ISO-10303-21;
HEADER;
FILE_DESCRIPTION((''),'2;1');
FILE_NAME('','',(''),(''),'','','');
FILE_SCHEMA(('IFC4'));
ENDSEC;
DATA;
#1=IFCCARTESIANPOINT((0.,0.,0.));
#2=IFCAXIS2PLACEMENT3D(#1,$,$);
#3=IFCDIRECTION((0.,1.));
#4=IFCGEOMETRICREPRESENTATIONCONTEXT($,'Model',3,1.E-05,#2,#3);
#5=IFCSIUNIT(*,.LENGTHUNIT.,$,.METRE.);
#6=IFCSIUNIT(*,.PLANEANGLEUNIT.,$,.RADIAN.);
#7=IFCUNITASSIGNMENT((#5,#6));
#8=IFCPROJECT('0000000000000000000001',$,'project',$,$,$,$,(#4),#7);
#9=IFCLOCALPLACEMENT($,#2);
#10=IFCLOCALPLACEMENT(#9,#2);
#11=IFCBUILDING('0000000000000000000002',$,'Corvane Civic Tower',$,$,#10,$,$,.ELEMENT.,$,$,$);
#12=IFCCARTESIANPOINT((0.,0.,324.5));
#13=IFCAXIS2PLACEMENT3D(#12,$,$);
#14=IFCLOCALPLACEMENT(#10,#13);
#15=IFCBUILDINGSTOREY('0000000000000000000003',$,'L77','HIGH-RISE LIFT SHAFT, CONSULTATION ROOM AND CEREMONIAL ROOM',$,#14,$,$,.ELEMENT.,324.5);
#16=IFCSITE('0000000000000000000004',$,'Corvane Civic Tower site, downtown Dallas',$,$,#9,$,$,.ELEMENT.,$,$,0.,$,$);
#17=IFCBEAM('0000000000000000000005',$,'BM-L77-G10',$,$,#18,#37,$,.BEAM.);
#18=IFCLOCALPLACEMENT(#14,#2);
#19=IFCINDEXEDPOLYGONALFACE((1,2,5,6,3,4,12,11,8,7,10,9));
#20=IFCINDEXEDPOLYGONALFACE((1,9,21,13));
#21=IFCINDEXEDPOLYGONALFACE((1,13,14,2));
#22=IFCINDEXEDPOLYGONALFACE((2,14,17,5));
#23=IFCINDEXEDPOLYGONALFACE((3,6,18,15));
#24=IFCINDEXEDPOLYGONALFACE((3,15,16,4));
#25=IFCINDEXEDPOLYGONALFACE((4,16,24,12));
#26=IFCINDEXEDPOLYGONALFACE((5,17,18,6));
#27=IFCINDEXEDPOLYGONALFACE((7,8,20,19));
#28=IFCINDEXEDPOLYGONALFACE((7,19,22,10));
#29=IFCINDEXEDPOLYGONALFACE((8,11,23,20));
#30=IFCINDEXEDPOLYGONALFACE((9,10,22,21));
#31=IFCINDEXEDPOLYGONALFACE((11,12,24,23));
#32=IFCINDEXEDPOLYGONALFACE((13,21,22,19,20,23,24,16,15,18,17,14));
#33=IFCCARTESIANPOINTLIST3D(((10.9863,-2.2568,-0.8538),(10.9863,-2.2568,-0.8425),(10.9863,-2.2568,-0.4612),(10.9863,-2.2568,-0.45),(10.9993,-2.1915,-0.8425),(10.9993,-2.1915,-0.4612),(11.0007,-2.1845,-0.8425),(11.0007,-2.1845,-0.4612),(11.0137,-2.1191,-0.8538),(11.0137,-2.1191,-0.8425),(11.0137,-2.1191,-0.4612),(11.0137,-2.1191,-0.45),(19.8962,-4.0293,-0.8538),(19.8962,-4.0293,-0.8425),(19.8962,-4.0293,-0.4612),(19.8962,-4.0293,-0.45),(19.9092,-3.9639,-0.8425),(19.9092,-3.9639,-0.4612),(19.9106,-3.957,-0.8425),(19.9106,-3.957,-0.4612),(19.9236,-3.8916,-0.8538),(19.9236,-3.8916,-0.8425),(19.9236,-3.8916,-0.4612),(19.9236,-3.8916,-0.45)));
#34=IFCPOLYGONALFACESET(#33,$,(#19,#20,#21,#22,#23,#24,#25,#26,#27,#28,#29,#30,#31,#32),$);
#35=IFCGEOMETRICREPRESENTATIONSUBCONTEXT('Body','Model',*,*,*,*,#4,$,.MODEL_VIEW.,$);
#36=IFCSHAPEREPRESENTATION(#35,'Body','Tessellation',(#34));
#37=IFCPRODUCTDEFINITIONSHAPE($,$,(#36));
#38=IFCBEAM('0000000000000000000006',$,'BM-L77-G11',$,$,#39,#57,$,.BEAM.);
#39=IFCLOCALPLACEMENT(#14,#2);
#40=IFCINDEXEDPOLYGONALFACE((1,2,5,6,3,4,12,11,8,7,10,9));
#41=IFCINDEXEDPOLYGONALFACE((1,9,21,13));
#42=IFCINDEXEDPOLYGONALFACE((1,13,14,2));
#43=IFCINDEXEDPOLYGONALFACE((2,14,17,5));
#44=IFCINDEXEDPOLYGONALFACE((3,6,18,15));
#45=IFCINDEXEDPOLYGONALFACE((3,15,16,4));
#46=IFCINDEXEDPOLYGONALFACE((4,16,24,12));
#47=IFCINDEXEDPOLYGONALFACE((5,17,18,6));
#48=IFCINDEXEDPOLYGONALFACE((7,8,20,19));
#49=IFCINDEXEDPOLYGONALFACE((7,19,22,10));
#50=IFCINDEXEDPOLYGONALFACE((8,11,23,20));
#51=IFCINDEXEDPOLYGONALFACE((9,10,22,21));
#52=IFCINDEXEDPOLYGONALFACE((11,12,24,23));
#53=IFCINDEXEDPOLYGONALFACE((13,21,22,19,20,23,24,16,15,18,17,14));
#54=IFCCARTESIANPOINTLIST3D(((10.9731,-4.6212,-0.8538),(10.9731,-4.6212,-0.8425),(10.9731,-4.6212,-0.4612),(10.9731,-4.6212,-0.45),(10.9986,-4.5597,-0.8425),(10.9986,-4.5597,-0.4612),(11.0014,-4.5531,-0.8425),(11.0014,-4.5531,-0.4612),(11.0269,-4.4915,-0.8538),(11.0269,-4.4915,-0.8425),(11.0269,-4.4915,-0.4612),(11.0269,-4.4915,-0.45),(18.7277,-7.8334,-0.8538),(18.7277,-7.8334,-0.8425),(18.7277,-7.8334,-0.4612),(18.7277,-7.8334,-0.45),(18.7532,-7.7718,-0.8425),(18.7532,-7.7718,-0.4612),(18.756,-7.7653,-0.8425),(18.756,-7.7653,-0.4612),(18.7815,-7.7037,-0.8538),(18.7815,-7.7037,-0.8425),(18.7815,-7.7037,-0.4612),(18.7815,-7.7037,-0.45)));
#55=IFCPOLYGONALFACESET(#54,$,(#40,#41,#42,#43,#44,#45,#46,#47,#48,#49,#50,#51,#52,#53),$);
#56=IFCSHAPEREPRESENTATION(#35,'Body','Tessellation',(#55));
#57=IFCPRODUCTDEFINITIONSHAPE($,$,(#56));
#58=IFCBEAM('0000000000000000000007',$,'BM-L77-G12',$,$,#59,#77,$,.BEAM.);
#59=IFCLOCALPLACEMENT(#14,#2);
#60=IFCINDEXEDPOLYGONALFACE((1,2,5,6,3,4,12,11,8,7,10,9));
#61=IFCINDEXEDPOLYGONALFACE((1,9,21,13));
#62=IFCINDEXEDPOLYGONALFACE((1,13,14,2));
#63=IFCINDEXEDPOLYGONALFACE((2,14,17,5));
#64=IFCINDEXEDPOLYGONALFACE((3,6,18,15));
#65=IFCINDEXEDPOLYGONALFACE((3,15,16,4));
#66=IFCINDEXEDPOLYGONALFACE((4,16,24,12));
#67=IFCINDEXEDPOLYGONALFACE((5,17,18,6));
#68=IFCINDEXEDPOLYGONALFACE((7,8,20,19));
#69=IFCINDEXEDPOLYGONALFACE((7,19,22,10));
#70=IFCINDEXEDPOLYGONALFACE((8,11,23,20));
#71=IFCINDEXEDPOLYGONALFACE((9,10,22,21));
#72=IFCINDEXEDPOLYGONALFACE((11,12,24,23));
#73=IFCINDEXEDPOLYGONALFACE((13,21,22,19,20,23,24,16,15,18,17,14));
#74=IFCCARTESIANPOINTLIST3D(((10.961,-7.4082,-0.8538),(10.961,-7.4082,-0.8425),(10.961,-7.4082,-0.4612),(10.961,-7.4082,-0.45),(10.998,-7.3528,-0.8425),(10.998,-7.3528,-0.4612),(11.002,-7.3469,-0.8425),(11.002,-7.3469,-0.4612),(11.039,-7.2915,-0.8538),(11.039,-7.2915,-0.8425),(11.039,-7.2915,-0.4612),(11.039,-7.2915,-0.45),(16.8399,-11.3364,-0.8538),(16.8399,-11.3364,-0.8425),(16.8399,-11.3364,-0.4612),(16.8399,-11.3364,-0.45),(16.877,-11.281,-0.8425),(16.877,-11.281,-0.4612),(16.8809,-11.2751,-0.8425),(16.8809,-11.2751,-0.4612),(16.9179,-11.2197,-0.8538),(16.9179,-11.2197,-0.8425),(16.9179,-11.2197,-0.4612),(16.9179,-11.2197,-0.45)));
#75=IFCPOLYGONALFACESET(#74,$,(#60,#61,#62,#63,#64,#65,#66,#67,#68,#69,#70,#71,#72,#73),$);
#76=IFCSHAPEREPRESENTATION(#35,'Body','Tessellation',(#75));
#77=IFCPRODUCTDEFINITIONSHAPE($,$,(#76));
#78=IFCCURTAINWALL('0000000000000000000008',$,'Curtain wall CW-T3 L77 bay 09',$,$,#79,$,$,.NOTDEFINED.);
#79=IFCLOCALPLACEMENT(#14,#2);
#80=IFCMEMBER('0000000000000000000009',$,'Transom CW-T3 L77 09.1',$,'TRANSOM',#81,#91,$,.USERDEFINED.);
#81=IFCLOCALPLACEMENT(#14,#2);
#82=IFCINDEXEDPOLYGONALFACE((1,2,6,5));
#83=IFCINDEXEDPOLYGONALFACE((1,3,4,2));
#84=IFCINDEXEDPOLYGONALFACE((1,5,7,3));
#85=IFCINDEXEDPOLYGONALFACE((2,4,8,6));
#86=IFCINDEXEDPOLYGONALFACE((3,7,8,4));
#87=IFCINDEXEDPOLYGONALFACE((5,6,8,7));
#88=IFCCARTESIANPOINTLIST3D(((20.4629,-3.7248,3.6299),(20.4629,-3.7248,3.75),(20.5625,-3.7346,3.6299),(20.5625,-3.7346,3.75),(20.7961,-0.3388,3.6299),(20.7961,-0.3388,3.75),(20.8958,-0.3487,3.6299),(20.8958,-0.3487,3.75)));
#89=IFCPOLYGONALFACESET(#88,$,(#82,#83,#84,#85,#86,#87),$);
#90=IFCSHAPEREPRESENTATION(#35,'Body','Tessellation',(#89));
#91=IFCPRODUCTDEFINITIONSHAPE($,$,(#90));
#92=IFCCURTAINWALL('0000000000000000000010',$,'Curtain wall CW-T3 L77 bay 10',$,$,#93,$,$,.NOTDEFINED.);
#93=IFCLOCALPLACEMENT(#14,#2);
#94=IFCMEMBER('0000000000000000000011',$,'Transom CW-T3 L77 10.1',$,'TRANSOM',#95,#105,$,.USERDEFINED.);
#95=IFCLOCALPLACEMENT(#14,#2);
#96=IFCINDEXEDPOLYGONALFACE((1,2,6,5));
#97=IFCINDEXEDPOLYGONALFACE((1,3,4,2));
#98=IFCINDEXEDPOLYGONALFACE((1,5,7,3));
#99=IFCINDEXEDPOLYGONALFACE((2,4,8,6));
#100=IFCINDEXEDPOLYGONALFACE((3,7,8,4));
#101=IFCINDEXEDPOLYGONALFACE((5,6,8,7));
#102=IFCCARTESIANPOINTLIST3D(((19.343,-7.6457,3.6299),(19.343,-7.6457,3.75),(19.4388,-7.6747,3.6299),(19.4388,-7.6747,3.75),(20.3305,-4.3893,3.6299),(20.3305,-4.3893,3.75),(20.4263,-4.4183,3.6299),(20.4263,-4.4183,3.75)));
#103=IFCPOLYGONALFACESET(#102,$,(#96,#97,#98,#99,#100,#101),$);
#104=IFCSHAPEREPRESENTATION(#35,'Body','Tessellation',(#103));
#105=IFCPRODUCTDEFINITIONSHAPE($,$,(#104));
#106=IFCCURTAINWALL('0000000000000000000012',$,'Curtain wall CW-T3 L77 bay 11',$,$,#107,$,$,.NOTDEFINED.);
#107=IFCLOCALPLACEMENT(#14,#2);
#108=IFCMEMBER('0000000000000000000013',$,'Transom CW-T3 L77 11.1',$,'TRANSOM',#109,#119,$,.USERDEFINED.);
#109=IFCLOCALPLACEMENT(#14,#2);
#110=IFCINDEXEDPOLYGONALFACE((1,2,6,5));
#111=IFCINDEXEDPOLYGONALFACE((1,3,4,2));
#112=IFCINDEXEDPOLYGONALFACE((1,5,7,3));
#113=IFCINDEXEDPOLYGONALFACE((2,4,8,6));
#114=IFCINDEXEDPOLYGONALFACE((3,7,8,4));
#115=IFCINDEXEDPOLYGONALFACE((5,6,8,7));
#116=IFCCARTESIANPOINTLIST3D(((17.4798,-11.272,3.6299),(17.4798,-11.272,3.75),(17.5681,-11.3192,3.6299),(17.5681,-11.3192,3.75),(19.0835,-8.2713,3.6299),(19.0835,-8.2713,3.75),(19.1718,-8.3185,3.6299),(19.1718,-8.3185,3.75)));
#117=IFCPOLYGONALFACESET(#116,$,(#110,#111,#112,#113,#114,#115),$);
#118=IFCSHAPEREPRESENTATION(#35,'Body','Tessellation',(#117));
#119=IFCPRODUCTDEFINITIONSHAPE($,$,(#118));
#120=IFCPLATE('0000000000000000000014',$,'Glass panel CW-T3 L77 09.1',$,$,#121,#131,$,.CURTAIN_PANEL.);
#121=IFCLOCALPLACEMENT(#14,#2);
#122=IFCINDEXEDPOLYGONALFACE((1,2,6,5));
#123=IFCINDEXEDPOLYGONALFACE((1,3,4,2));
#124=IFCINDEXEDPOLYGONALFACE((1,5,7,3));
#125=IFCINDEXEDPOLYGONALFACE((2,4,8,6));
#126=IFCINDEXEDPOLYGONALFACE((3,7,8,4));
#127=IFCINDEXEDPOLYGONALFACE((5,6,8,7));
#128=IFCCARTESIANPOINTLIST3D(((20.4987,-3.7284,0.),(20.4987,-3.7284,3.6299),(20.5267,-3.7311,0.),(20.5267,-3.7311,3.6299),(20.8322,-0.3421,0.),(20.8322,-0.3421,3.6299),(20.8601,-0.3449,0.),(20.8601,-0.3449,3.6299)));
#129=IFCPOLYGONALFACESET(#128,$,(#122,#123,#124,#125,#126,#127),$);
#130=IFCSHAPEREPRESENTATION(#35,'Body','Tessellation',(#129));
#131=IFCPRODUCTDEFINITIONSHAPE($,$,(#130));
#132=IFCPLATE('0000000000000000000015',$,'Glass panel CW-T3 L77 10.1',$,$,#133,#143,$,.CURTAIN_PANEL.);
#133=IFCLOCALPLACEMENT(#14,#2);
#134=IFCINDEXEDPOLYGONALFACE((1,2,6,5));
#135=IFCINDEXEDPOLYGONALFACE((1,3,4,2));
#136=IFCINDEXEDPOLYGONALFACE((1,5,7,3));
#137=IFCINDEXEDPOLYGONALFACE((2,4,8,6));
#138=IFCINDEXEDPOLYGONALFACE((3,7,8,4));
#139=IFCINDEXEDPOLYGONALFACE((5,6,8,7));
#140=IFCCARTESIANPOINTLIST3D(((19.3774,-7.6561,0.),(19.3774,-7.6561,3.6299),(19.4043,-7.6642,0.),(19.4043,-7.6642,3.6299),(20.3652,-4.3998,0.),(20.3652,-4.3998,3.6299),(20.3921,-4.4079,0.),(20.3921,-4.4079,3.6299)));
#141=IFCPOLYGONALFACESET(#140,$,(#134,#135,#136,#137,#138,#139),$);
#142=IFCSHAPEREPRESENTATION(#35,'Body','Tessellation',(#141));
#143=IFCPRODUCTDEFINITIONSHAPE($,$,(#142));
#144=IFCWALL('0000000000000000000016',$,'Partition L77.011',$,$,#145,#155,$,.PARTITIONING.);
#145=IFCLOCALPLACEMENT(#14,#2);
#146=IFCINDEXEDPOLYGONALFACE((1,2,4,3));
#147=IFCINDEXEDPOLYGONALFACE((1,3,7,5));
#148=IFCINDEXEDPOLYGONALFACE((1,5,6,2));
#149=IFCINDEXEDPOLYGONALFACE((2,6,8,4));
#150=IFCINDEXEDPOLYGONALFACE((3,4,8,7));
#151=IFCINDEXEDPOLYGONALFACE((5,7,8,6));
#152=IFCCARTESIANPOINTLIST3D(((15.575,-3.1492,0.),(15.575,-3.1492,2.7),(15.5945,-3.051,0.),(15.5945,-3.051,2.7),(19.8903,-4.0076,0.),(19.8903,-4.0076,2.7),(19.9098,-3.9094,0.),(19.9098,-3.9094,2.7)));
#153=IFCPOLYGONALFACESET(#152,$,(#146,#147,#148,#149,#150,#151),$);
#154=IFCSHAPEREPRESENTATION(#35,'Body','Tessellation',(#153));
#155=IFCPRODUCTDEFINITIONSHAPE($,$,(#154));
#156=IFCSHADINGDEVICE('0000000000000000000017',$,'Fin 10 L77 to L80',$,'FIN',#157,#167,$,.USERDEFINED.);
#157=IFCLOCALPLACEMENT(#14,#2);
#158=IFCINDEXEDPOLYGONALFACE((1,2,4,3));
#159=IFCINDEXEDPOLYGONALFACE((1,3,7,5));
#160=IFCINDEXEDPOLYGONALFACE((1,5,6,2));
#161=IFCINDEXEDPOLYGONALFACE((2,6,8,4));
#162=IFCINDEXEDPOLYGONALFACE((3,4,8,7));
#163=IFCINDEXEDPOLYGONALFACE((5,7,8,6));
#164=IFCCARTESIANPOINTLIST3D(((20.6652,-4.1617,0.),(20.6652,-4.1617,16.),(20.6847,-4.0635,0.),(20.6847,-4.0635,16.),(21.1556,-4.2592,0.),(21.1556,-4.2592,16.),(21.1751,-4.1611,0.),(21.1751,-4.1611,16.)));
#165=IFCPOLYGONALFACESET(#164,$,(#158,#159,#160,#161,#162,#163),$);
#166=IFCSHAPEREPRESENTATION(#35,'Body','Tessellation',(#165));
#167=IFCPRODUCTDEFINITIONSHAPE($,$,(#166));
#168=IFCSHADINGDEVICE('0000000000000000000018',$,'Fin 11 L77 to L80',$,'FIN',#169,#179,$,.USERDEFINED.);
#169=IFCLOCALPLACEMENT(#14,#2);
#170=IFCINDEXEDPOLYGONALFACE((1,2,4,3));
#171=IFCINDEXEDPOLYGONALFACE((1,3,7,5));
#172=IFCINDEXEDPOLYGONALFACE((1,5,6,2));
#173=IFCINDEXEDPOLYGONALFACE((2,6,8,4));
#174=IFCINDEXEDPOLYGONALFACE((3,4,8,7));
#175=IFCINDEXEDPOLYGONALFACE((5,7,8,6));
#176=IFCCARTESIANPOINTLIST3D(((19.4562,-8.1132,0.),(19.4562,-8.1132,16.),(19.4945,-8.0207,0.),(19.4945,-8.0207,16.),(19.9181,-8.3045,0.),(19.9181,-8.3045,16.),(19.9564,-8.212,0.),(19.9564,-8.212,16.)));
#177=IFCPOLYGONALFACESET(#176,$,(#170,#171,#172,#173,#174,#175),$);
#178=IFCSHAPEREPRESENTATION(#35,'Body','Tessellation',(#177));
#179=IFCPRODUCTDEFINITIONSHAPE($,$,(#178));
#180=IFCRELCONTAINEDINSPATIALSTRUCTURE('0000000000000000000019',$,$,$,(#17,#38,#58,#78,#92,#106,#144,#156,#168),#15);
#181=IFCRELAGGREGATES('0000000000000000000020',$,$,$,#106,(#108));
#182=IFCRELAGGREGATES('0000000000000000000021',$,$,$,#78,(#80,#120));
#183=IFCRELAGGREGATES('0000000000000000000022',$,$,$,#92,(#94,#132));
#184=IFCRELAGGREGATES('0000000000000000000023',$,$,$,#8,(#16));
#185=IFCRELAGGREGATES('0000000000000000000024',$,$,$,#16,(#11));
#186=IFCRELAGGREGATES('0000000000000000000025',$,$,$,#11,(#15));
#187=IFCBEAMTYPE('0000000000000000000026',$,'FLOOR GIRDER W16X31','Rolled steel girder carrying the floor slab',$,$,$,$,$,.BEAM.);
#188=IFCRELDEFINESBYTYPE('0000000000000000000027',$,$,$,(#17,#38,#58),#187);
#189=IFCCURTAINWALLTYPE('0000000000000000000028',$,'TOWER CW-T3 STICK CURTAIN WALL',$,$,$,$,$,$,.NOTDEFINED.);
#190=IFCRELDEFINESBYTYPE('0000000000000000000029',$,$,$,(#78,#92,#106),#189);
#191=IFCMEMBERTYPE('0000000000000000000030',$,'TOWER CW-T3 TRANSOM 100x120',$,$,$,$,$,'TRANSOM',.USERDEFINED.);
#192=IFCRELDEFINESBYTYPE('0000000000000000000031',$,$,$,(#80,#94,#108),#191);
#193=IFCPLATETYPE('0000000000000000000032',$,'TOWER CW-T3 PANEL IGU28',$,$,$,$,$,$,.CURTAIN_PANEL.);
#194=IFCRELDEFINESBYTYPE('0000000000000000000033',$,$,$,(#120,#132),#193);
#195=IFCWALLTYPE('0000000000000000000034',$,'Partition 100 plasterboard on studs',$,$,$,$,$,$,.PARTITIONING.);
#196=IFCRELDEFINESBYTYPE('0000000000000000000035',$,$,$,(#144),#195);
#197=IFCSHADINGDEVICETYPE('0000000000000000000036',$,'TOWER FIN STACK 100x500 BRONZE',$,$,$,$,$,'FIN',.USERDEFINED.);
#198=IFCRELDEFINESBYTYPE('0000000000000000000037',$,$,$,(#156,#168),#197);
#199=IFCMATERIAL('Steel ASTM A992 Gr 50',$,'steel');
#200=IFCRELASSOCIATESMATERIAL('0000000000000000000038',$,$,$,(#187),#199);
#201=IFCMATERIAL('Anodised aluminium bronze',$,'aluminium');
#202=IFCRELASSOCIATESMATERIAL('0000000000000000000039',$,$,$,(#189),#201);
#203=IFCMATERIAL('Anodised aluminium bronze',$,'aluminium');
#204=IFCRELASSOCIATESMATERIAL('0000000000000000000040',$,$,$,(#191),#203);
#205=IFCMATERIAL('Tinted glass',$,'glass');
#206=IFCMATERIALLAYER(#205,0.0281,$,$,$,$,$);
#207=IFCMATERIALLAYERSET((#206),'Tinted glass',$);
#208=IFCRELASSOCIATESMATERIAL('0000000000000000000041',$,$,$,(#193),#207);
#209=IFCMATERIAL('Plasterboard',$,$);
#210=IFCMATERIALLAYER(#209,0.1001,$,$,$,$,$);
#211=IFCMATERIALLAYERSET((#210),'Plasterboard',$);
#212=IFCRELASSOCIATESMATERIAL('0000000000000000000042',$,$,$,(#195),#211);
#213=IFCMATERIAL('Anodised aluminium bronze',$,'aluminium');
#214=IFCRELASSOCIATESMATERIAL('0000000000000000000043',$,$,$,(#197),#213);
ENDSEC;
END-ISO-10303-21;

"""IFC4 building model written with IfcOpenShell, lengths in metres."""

from ifc_helpers import new_model, si_unit, direction, frame, frame_2d, origin, origin_2d, place, context, subcontext, project, spatial, rectangle, i_section, extrude, material, layer, layer_set, material_profile, profile_set, type_object, element, aggregate, save


model = new_model("IFC4")

# Units and contexts
model_context = context("Model", 3, precision=1e-05, world=origin(), true_north=direction((0.0, 1.0)))
body_context = subcontext(model_context, "Body", "Model", "MODEL_VIEW")
ifc_project = project(units=[si_unit("LENGTHUNIT", "METRE"), si_unit("PLANEANGLEUNIT", "RADIAN")], contexts=[model_context])

# Site, building, storey
site_placement = place(None, origin())
site = spatial("IfcSite", under=ifc_project, at=site_placement, Name="Corvane Civic Tower site, downtown Dallas", CompositionType="ELEMENT", RefElevation=0.0)
building_placement = place(site_placement, origin())
building = spatial("IfcBuilding", under=site, at=building_placement, Name="Corvane Civic Tower", CompositionType="ELEMENT")
storey_placement = place(building_placement, frame((0.0, 0.0, 324.5)))
storey = spatial("IfcBuildingStorey", under=building, at=storey_placement, Name="L77", Description="HIGH-RISE LIFT SHAFT, CONSULTATION ROOM AND CEREMONIAL ROOM", CompositionType="ELEMENT", Elevation=324.5)

# Beams
ifc_material_1 = material(Name="Steel ASTM A992 Gr 50", Category="steel")
ifc_material_profile_1 = material_profile(ifc_material_1, i_section(OverallWidth=0.1404, OverallDepth=0.4038, WebThickness=0.0071, FlangeThickness=0.0112, at=origin_2d()), Name="W16X31")
ifc_profile_set_1 = profile_set([ifc_material_profile_1], Name="Steel ASTM A992 Gr 50")
beam_type_1 = type_object("IfcBeamType", Name="FLOOR GIRDER W16X31", Description="Rolled steel girder carrying the floor slab", PredefinedType="BEAM", material=ifc_profile_set_1)
beam_1_placement = place(storey_placement, frame((11.0, -2.188, -0.6519), z_axis=(0.980782, -0.195108, 0.0), x_axis=(0.195108, 0.980782, 0.0)))
element("IfcBeam", 1, at=beam_1_placement, inside=storey, type_object=beam_type_1, Name="BM-L77-G10", PredefinedType="BEAM", context=body_context, shape_type="SweptSolid", body=[
    extrude(i_section(OverallWidth=0.1404, OverallDepth=0.4038, WebThickness=0.0071, FlangeThickness=0.0112, at=origin_2d()), origin(), (0.0, 0.0, 1.0), 9.0845),
])
beam_2_placement = place(storey_placement, frame((11.0, -4.5564, -0.6519), z_axis=(0.923876, -0.382692, 0.0), x_axis=(0.382692, 0.923876, 0.0)))
element("IfcBeam", 2, at=beam_2_placement, inside=storey, type_object=beam_type_1, Name="BM-L77-G11", PredefinedType="BEAM", context=body_context, shape_type="SweptSolid", body=[
    extrude(i_section(OverallWidth=0.1404, OverallDepth=0.4038, WebThickness=0.0071, FlangeThickness=0.0112, at=origin_2d()), origin(), (0.0, 0.0, 1.0), 8.3936),
])
beam_3_placement = place(storey_placement, frame((11.0, -7.3499, -0.6519), z_axis=(0.831465, -0.555576, 0.0), x_axis=(0.555576, 0.831465, 0.0)))
element("IfcBeam", 3, at=beam_3_placement, inside=storey, type_object=beam_type_1, Name="BM-L77-G12", PredefinedType="BEAM", context=body_context, shape_type="SweptSolid", body=[
    extrude(i_section(OverallWidth=0.1404, OverallDepth=0.4038, WebThickness=0.0071, FlangeThickness=0.0112, at=origin_2d()), origin(), (0.0, 0.0, 1.0), 7.0706),
])

# Curtain walls, members
ifc_material_2 = material(Name="Anodised aluminium bronze", Category="aluminium")
curtain_wall_type = type_object("IfcCurtainWallType", Name="TOWER CW-T3 STICK CURTAIN WALL", PredefinedType="NOTDEFINED", material=ifc_material_2)
curtain_wall_1_placement = place(storey_placement, origin())
curtain_wall_1 = element("IfcCurtainWall", 4, at=curtain_wall_1_placement, inside=storey, type_object=curtain_wall_type, Name="Curtain wall CW-T3 L77 bay 09", PredefinedType="NOTDEFINED")
ifc_material_3 = material(Name="Anodised aluminium bronze", Category="aluminium")
ifc_material_profile_2 = material_profile(ifc_material_3, rectangle(XDim=0.1001, YDim=0.1201, at=origin_2d()), Name="TOWER CW-T3 TRANSOM 100x120")
ifc_profile_set_2 = profile_set([ifc_material_profile_2], Name="Anodised aluminium bronze")
member_type = type_object("IfcMemberType", Name="TOWER CW-T3 TRANSOM 100x120", ElementType="TRANSOM", PredefinedType="USERDEFINED", material=ifc_profile_set_2)
member_1_placement = place(storey_placement, frame((20.8459, -0.3438, 3.6899), z_axis=(-0.097948, -0.995192, 0.0), x_axis=(0.995192, -0.097948, 0.0)))
member_1 = element("IfcMember", 5, at=member_1_placement, type_object=member_type, Name="Transom CW-T3 L77 09.1", ObjectType="TRANSOM", PredefinedType="USERDEFINED", context=body_context, shape_type="SweptSolid", body=[
    extrude(rectangle(XDim=0.1001, YDim=0.1201, at=origin_2d()), origin(), (0.0, 0.0, 1.0), 3.4023),
])
curtain_wall_2_placement = place(storey_placement, origin())
curtain_wall_2 = element("IfcCurtainWall", 6, at=curtain_wall_2_placement, inside=storey, type_object=curtain_wall_type, Name="Curtain wall CW-T3 L77 bay 10", PredefinedType="NOTDEFINED")
member_2_placement = place(storey_placement, frame((20.3784, -4.4038, 3.6899), z_axis=(-0.290216, -0.956961, 0.0), x_axis=(0.956961, -0.290216, 0.0)))
member_2 = element("IfcMember", 7, at=member_2_placement, type_object=member_type, Name="Transom CW-T3 L77 10.1", ObjectType="TRANSOM", PredefinedType="USERDEFINED", context=body_context, shape_type="SweptSolid", body=[
    extrude(rectangle(XDim=0.1001, YDim=0.1201, at=origin_2d()), origin(), (0.0, 0.0, 1.0), 3.4028),
])
curtain_wall_3_placement = place(storey_placement, origin())
curtain_wall_3 = element("IfcCurtainWall", 8, at=curtain_wall_3_placement, inside=storey, type_object=curtain_wall_type, Name="Curtain wall CW-T3 L77 bay 11", PredefinedType="NOTDEFINED")
member_3_placement = place(storey_placement, frame((19.1277, -8.2949, 3.6899), z_axis=(-0.471359, -0.881941, 0.0), x_axis=(0.881941, -0.471359, 0.0)))
member_3 = element("IfcMember", 9, at=member_3_placement, type_object=member_type, Name="Transom CW-T3 L77 11.1", ObjectType="TRANSOM", PredefinedType="USERDEFINED", context=body_context, shape_type="SweptSolid", body=[
    extrude(rectangle(XDim=0.1001, YDim=0.1201, at=origin_2d()), origin(), (0.0, 0.0, 1.0), 3.4023),
])
aggregate(curtain_wall_3, [member_3])

# Plates
ifc_material_4 = material(Name="Tinted glass", Category="glass")
ifc_layer_1 = layer(ifc_material_4, 0.0281)
ifc_layer_set_1 = layer_set([ifc_layer_1], Name="Tinted glass")
plate_type = type_object("IfcPlateType", Name="TOWER CW-T3 PANEL IGU28", PredefinedType="CURTAIN_PANEL", material=ifc_layer_set_1)
plate_1_placement = place(storey_placement, frame((20.6794, -2.0366, 0.0), z_axis=(0.0, 0.0, 1.0), x_axis=(-0.097998, -0.995187, 0.0)))
plate_1 = element("IfcPlate", 10, at=plate_1_placement, type_object=plate_type, Name="Glass panel CW-T3 L77 09.1", PredefinedType="CURTAIN_PANEL", context=body_context, shape_type="SweptSolid", body=[
    extrude(rectangle(XDim=3.4026, YDim=0.0281, at=origin_2d()), origin(), (0.0, 0.0, 1.0), 3.6299),
])
aggregate(curtain_wall_1, [member_1, plate_1])
plate_2_placement = place(storey_placement, frame((19.8848, -6.032, 0.0), z_axis=(0.0, 0.0, 1.0), x_axis=(-0.29029, -0.956939, 0.0)))
plate_2 = element("IfcPlate", 11, at=plate_2_placement, type_object=plate_type, Name="Glass panel CW-T3 L77 10.1", PredefinedType="CURTAIN_PANEL", context=body_context, shape_type="SweptSolid", body=[
    extrude(rectangle(XDim=3.4028, YDim=0.0281, at=origin_2d()), origin(), (0.0, 0.0, 1.0), 3.6299),
])
aggregate(curtain_wall_2, [member_2, plate_2])

# Wall
ifc_material_5 = material(Name="Plasterboard")
ifc_layer_2 = layer(ifc_material_5, 0.1001)
ifc_layer_set_2 = layer_set([ifc_layer_2], Name="Plasterboard")
wall_type = type_object("IfcWallType", Name="Partition 100 plasterboard on studs", PredefinedType="PARTITIONING", material=ifc_layer_set_2)
wall_placement = place(storey_placement, frame((15.5847, -3.1001, 0.0), z_axis=(0.0, 0.0, 1.0), x_axis=(0.980785, -0.195092, 0.0)))
element("IfcWall", 12, at=wall_placement, inside=storey, type_object=wall_type, Name="Partition L77.011", PredefinedType="PARTITIONING", context=body_context, shape_type="SweptSolid", body=[
    extrude(rectangle(XDim=4.3999, YDim=0.1001, at=frame_2d((2.2, 0.0))), origin(), (0.0, 0.0, 1.0), 2.7),
])

# Shading devices
ifc_material_6 = material(Name="Anodised aluminium bronze", Category="aluminium")
ifc_material_profile_3 = material_profile(ifc_material_6, rectangle(XDim=0.1001, YDim=0.5, at=origin_2d()), Name="TOWER FIN STACK 100x500 BRONZE")
ifc_profile_set_3 = profile_set([ifc_material_profile_3], Name="Anodised aluminium bronze")
shading_device_type = type_object("IfcShadingDeviceType", Name="TOWER FIN STACK 100x500 BRONZE", ElementType="FIN", PredefinedType="USERDEFINED", material=ifc_profile_set_3)
for number, where, z_axis, x_axis, name in (
    (13, (20.9202, -4.1614, 0.0), (0.0, 0.0, 1.0), (-0.19509, -0.980785, 0.0), "Fin 10 L77 to L80"),
    (14, (19.7063, -8.1626, 0.0), (0.0, 0.0, 1.0), (-0.382683, -0.92388, 0.0), "Fin 11 L77 to L80"),
):
    element("IfcShadingDevice", number, at=place(storey_placement, frame(where, z_axis=z_axis, x_axis=x_axis)), inside=storey, type_object=shading_device_type, Name=name, ObjectType="FIN", PredefinedType="USERDEFINED", context=body_context, shape_type="SweptSolid", body=[
        extrude(rectangle(XDim=0.1001, YDim=0.5, at=origin_2d()), origin(), (0.0, 0.0, 1.0), 16.0),
    ])

save(model, "model.ifc")
